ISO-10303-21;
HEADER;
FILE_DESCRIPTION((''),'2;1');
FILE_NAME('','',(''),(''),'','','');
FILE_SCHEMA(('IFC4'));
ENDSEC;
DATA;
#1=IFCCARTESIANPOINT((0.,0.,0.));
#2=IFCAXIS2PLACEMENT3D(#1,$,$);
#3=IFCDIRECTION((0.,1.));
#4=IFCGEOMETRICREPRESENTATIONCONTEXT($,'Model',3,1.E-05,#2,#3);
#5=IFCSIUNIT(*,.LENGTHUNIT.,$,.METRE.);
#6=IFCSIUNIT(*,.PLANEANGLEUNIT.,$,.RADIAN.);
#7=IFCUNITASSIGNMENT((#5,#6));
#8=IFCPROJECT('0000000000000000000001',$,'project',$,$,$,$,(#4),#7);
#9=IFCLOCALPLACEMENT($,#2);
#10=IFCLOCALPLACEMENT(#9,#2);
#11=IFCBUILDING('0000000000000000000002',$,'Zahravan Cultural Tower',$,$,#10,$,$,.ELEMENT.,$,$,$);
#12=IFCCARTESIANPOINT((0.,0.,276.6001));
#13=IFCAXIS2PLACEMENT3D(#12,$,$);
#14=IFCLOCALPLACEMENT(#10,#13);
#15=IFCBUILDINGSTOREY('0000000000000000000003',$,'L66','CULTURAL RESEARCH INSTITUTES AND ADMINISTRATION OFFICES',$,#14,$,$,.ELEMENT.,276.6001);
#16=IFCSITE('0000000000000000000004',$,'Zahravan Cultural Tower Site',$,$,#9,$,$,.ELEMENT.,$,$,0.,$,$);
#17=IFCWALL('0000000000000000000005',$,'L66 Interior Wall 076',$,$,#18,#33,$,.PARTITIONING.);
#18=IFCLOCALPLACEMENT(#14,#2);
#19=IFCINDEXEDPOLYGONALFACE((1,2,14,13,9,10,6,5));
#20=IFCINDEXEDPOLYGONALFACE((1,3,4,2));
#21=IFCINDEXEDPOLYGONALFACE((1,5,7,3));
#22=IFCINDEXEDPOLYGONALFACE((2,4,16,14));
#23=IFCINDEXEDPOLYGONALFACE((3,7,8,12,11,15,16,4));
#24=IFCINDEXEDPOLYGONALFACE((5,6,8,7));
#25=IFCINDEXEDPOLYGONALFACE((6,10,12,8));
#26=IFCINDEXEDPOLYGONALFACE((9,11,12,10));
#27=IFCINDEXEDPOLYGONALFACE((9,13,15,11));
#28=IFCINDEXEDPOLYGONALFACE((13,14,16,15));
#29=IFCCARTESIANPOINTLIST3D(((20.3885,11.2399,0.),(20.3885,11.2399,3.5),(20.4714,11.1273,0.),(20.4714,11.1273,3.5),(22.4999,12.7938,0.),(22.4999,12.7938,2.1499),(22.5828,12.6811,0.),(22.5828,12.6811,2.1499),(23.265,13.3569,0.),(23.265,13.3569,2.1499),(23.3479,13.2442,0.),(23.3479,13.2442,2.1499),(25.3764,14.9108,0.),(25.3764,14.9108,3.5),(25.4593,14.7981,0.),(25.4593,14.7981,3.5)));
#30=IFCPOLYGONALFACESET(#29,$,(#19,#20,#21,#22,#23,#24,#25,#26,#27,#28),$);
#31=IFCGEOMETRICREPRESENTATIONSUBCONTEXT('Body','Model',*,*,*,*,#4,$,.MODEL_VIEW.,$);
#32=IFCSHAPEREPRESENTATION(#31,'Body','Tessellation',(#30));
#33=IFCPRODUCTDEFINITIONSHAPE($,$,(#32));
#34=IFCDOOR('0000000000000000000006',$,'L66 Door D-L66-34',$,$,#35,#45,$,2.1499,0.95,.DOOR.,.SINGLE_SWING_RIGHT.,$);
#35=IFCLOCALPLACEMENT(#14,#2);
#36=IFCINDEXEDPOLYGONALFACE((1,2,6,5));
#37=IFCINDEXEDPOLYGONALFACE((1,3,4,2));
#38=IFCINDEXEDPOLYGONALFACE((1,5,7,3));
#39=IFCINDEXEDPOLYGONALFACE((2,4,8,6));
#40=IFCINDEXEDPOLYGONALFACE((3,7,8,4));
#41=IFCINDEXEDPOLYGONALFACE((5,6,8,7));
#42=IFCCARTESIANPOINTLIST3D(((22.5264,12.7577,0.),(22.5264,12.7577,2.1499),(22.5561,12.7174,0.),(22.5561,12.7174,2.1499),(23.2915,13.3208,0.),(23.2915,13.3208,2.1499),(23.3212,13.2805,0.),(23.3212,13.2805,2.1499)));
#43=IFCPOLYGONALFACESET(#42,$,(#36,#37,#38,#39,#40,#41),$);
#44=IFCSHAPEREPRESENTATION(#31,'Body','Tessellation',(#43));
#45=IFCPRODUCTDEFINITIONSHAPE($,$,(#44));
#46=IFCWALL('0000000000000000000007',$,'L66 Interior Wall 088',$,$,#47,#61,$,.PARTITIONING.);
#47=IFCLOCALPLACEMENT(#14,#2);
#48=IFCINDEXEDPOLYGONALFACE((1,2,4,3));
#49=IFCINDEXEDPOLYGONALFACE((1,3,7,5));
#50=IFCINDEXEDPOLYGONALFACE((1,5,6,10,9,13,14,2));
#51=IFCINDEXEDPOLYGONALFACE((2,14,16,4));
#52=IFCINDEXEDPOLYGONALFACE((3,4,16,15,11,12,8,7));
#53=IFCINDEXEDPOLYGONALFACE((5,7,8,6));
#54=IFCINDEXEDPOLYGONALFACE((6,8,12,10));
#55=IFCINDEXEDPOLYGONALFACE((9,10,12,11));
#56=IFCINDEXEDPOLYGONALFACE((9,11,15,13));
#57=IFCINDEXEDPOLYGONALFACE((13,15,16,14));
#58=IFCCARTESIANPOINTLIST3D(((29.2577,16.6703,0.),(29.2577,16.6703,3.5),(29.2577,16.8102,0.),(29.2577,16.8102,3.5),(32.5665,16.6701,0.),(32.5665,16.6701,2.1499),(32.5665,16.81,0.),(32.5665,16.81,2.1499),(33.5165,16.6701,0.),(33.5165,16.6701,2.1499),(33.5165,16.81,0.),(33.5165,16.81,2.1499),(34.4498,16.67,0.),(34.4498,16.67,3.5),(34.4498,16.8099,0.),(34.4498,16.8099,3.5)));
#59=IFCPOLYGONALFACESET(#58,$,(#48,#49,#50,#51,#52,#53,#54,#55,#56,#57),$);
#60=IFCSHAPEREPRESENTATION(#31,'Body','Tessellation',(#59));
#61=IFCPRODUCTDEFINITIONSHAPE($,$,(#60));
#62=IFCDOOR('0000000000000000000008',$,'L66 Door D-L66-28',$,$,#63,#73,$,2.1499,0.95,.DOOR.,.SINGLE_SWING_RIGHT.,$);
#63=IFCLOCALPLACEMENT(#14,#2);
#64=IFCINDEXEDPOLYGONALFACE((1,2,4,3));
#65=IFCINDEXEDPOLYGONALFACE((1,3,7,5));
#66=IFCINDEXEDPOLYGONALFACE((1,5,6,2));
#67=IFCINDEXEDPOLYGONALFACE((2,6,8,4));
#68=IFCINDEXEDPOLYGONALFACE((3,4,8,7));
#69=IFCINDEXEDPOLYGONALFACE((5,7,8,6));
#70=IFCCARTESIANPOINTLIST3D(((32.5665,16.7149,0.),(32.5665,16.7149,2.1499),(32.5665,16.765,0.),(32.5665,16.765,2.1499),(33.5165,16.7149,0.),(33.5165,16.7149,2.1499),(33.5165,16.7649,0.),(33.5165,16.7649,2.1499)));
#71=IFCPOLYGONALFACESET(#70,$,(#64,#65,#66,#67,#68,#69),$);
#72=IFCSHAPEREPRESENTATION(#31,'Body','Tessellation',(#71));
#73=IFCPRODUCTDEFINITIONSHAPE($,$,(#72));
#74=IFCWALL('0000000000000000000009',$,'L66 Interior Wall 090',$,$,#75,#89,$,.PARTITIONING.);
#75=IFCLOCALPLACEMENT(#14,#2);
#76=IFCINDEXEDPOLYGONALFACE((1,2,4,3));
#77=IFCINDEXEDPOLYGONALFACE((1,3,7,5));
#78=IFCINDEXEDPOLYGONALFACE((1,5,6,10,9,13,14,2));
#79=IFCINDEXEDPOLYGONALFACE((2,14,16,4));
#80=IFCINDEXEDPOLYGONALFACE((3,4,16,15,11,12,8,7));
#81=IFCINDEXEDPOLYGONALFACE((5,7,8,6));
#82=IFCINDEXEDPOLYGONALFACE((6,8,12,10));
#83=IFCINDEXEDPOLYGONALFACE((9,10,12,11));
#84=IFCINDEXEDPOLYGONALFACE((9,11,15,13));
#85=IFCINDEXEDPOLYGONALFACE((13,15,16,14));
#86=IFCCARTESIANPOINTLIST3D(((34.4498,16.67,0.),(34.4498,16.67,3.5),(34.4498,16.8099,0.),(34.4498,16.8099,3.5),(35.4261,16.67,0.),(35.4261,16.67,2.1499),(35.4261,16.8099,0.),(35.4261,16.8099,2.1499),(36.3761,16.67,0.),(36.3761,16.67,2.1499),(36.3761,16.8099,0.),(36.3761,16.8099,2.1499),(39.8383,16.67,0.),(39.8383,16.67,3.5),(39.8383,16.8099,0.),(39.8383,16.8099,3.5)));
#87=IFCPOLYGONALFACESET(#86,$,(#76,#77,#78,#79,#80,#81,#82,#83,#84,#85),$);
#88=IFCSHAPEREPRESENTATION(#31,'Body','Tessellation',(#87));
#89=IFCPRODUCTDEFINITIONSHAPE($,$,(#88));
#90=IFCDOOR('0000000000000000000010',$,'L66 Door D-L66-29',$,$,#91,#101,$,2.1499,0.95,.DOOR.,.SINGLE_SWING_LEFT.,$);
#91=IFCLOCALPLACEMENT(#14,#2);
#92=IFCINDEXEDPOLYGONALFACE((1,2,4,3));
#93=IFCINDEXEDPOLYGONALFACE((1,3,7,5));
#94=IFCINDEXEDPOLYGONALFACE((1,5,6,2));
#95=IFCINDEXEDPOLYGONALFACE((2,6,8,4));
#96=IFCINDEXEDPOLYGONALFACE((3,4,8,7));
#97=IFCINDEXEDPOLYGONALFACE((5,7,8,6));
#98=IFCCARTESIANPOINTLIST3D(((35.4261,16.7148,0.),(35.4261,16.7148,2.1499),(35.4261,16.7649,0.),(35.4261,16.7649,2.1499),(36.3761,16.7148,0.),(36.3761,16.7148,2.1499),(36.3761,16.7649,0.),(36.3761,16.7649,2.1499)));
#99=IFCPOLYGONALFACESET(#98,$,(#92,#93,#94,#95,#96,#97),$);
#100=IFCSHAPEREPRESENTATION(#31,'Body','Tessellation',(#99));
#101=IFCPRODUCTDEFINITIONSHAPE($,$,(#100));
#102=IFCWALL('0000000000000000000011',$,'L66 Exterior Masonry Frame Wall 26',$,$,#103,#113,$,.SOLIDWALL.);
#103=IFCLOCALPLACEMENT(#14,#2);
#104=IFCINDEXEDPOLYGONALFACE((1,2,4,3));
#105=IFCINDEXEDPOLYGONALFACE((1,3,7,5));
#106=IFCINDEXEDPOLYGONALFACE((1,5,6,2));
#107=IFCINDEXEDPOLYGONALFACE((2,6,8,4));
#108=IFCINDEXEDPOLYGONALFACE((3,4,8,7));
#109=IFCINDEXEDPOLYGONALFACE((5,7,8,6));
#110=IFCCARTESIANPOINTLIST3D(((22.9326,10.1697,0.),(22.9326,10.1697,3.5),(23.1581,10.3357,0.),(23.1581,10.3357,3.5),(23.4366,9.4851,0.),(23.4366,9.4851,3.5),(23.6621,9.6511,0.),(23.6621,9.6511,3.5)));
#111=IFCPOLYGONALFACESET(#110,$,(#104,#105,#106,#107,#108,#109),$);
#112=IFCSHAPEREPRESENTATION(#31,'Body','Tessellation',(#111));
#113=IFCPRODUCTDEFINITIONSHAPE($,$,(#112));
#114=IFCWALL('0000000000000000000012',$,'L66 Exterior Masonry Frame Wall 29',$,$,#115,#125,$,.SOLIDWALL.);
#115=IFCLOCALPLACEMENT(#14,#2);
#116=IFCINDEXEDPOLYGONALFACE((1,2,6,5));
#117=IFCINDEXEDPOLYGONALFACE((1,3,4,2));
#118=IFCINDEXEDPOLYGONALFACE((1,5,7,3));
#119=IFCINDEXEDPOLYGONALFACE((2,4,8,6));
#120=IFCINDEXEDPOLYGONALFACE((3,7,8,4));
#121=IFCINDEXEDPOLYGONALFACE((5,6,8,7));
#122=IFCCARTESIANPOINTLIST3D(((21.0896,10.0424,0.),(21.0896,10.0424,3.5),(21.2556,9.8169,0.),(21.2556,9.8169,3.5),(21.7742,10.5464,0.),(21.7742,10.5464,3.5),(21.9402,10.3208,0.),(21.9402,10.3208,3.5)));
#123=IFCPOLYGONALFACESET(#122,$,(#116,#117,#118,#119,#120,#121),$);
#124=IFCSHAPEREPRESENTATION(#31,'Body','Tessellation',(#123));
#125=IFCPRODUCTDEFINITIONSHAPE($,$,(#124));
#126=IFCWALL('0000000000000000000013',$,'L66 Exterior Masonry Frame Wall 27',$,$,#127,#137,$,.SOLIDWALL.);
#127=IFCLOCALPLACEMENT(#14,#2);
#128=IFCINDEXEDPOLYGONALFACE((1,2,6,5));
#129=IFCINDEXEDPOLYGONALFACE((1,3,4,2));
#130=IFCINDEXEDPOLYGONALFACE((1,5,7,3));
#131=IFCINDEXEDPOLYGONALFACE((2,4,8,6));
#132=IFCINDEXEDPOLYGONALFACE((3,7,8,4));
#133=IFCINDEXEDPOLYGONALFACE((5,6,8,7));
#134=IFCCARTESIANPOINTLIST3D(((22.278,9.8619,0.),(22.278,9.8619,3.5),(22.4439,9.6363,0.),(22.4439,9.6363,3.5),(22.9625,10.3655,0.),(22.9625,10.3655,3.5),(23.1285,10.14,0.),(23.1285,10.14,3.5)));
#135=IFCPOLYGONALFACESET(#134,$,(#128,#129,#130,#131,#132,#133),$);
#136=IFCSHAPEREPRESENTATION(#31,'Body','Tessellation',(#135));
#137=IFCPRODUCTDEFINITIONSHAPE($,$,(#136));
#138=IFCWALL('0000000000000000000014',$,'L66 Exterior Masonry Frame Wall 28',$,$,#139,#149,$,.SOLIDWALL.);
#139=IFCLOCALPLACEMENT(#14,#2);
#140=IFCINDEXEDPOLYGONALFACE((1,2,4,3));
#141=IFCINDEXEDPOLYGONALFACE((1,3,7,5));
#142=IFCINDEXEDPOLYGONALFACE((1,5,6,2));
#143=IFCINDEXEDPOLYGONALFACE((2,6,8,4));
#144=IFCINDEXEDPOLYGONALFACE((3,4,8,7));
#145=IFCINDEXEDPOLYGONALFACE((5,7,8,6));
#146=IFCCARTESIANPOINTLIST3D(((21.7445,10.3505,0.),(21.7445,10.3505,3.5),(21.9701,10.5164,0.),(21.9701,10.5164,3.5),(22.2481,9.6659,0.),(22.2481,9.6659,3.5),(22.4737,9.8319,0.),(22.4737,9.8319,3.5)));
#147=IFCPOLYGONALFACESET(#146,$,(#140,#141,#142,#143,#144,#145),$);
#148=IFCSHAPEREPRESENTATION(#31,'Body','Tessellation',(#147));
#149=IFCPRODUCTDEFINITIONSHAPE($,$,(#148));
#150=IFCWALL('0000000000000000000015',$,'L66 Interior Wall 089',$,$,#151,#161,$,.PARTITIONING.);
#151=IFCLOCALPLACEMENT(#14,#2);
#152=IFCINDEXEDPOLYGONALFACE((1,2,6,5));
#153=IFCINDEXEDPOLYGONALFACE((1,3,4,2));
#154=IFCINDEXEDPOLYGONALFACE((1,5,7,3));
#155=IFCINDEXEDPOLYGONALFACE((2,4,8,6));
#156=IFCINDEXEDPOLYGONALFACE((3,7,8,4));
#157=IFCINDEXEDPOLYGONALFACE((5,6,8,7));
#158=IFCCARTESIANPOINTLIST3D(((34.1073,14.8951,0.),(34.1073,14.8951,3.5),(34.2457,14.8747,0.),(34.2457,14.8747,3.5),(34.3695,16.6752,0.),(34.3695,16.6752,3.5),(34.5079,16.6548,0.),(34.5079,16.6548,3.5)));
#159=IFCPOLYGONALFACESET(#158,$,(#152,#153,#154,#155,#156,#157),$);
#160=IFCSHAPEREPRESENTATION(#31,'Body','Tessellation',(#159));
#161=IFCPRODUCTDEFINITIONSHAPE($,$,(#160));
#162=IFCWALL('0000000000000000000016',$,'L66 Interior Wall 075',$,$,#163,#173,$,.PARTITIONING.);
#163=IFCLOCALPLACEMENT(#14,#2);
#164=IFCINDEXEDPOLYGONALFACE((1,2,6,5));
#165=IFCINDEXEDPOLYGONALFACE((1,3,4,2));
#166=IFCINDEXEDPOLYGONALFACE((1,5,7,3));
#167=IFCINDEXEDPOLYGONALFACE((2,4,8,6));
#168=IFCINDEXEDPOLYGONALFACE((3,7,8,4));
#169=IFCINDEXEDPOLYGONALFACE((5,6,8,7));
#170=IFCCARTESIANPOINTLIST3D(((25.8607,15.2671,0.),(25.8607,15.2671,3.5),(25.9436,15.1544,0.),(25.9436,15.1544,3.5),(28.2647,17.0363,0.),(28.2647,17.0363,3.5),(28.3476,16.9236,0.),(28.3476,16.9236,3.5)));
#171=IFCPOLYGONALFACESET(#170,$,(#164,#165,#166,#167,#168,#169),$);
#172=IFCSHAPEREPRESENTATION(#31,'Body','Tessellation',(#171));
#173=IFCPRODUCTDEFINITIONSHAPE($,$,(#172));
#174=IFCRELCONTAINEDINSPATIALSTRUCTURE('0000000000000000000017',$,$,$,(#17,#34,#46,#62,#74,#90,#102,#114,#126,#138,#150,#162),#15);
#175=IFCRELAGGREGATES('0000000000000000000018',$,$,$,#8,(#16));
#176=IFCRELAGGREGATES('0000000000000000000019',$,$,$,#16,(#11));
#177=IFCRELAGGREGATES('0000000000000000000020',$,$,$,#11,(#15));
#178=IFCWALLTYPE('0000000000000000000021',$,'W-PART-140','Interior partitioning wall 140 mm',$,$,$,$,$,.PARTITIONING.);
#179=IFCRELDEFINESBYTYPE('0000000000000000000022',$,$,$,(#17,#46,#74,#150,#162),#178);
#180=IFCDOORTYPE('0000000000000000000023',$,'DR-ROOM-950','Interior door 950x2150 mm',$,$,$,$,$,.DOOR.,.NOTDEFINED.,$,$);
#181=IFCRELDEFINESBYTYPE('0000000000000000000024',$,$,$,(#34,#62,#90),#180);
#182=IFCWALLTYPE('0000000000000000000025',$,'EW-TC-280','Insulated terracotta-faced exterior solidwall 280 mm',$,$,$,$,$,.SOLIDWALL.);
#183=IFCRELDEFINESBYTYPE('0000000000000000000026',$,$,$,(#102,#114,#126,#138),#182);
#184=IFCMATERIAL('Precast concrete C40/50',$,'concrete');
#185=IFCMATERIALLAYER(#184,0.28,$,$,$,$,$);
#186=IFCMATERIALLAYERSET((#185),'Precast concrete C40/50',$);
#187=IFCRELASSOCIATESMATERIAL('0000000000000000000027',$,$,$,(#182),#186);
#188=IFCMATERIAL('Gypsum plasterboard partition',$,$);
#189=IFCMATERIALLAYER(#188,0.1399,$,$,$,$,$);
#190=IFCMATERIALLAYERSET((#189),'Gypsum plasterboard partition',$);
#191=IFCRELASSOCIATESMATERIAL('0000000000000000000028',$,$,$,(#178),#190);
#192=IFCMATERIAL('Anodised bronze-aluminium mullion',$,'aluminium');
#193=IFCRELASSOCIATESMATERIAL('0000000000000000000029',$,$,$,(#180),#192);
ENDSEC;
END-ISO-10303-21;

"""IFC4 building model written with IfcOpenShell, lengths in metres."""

from ifc_helpers import new_model, si_unit, direction, frame, frame_2d, origin, place, context, subcontext, project, spatial, rectangle, extrude, source, transform, mapped, material, layer, layer_set, type_object, element, fill, save


model = new_model("IFC4")

# Units and contexts
model_context = context("Model", 3, precision=1e-05, world=origin(), true_north=direction((0.0, 1.0)))
body_context = subcontext(model_context, "Body", "Model", "MODEL_VIEW")
ifc_project = project(units=[si_unit("LENGTHUNIT", "METRE"), si_unit("PLANEANGLEUNIT", "RADIAN")], contexts=[model_context])

# Site, building, storey
site_placement = place(None, origin())
site = spatial("IfcSite", under=ifc_project, at=site_placement, Name="Zahravan Cultural Tower Site", CompositionType="ELEMENT", RefElevation=0.0)
building_placement = place(site_placement, origin())
building = spatial("IfcBuilding", under=site, at=building_placement, Name="Zahravan Cultural Tower", CompositionType="ELEMENT")
storey_placement = place(building_placement, frame((0.0, 0.0, 276.6001)))
storey = spatial("IfcBuildingStorey", under=building, at=storey_placement, Name="L66", Description="CULTURAL RESEARCH INSTITUTES AND ADMINISTRATION OFFICES", CompositionType="ELEMENT", Elevation=276.6001)

# Shared definitions
ifc_material_1 = material(Name="Precast concrete C40/50", Category="concrete")
ifc_layer_1 = layer(ifc_material_1, 0.28)
ifc_layer_set_1 = layer_set([ifc_layer_1], Name="Precast concrete C40/50")
wall_type_1 = type_object("IfcWallType", Name="EW-TC-280", Description="Insulated terracotta-faced exterior solidwall 280 mm", PredefinedType="SOLIDWALL", material=ifc_layer_set_1)

# Walls, openings, doors
ifc_material_2 = material(Name="Gypsum plasterboard partition")
ifc_layer_2 = layer(ifc_material_2, 0.1399)
ifc_layer_set_2 = layer_set([ifc_layer_2], Name="Gypsum plasterboard partition")
wall_type_2 = type_object("IfcWallType", Name="W-PART-140", Description="Interior partitioning wall 140 mm", PredefinedType="PARTITIONING", material=ifc_layer_set_2)
wall_1_placement = place(storey_placement, frame((25.418, 14.8545, 0.0), z_axis=(0.0, 0.0, 1.0), x_axis=(-0.805402, -0.592728, 0.0)))
wall_1 = element("IfcWall", 1, at=wall_1_placement, inside=storey, type_object=wall_type_2, Name="L66 Interior Wall 076", PredefinedType="PARTITIONING", context=body_context, shape_type="SweptSolid", body=[
    extrude(rectangle(XDim=6.1931, YDim=0.1399, at=frame_2d((3.0967, 0.0))), origin(), (0.0, 0.0, 1.0), 3.5),
])
opening_1_placement = place(wall_1_placement, frame((2.6216, 0.0, 0.0)))
opening_1 = element("IfcOpeningElement", 2, at=opening_1_placement, cuts=wall_1, PredefinedType="OPENING", context=body_context, shape_type="SweptSolid", body=[
    extrude(rectangle(XDim=0.95, YDim=2.1499, at=frame_2d((0.4751, 1.075))), frame((0.0, 0.0798, 0.0), z_axis=(0.0, -1.0, 0.0), x_axis=(1.0, 0.0, 0.0)), (0.0, 0.0, 1.0), 0.1599),
])
ifc_material_3 = material(Name="Anodised bronze-aluminium mullion", Category="aluminium")
door_type = type_object("IfcDoorType", Name="DR-ROOM-950", Description="Interior door 950x2150 mm", OperationType="NOTDEFINED", PredefinedType="DOOR", material=ifc_material_3)
shared_shape_1 = source(origin(), body_context, "Body", "SweptSolid", [
    extrude(rectangle(XDim=0.95, YDim=2.1499, at=frame_2d((0.4751, 1.075))), frame((0.0, 0.0249, 0.0), z_axis=(0.0, -1.0, 0.0), x_axis=(1.0, 0.0, 0.0)), (0.0, 0.0, 1.0), 0.05),
])
door_1_placement = place(opening_1_placement, origin())
door_1 = element("IfcDoor", 3, at=door_1_placement, inside=storey, type_object=door_type, Name="L66 Door D-L66-34", OperationType="SINGLE_SWING_RIGHT", OverallHeight=2.1499, OverallWidth=0.95, PredefinedType="DOOR", context=body_context, shape_type="MappedRepresentation", body=[
    mapped(shared_shape_1, transform((0.0, 0.0, 0.0), x_axis=(1.0, 0.0, 0.0), y_axis=(0.0, 1.0, 0.0), z_axis=(0.0, 0.0, 1.0), scale=1.0)),
])
fill(opening_1, door_1)
wall_2_placement = place(storey_placement, frame((29.2576, 16.7402, 0.0), z_axis=(0.0, 0.0, 1.0), x_axis=(1.0, -0.000047, 0.0)))
wall_2 = element("IfcWall", 4, at=wall_2_placement, inside=storey, type_object=wall_type_2, Name="L66 Interior Wall 088", PredefinedType="PARTITIONING", context=body_context, shape_type="SweptSolid", body=[
    extrude(rectangle(XDim=5.1921, YDim=0.1399, at=frame_2d((2.5962, 0.0))), origin(), (0.0, 0.0, 1.0), 3.5),
])
opening_2_placement = place(wall_2_placement, frame((3.3088, 0.0, 0.0)))
opening_2 = element("IfcOpeningElement", 5, at=opening_2_placement, cuts=wall_2, PredefinedType="OPENING", context=body_context, shape_type="SweptSolid", body=[
    extrude(rectangle(XDim=0.95, YDim=2.1499, at=frame_2d((0.4751, 1.075))), frame((0.0, 0.0798, 0.0), z_axis=(0.0, -1.0, 0.0), x_axis=(1.0, 0.0, 0.0)), (0.0, 0.0, 1.0), 0.1599),
])
door_2_placement = place(opening_2_placement, origin())
door_2 = element("IfcDoor", 6, at=door_2_placement, inside=storey, type_object=door_type, Name="L66 Door D-L66-28", OperationType="SINGLE_SWING_RIGHT", OverallHeight=2.1499, OverallWidth=0.95, PredefinedType="DOOR", context=body_context, shape_type="MappedRepresentation", body=[
    mapped(shared_shape_1, transform((0.0, 0.0, 0.0), x_axis=(1.0, 0.0, 0.0), y_axis=(0.0, 1.0, 0.0), z_axis=(0.0, 0.0, 1.0), scale=1.0)),
])
fill(opening_2, door_2)
wall_3_placement = place(storey_placement, frame((34.4497, 16.74, 0.0), z_axis=(0.0, 0.0, 1.0), x_axis=(1.0, 0.0, 0.0)))
wall_3 = element("IfcWall", 7, at=wall_3_placement, inside=storey, type_object=wall_type_2, Name="L66 Interior Wall 090", PredefinedType="PARTITIONING", context=body_context, shape_type="SweptSolid", body=[
    extrude(rectangle(XDim=5.3884, YDim=0.1399, at=frame_2d((2.6943, 0.0))), origin(), (0.0, 0.0, 1.0), 3.5),
])
opening_3_placement = place(wall_3_placement, frame((0.9763, 0.0, 0.0)))
opening_3 = element("IfcOpeningElement", 8, at=opening_3_placement, cuts=wall_3, PredefinedType="OPENING", context=body_context, shape_type="SweptSolid", body=[
    extrude(rectangle(XDim=0.95, YDim=2.1499, at=frame_2d((0.4751, 1.075))), frame((0.0, 0.0798, 0.0), z_axis=(0.0, -1.0, 0.0), x_axis=(1.0, 0.0, 0.0)), (0.0, 0.0, 1.0), 0.1599),
])
door_3_placement = place(opening_3_placement, origin())
door_3 = element("IfcDoor", 9, at=door_3_placement, inside=storey, type_object=door_type, Name="L66 Door D-L66-29", OperationType="SINGLE_SWING_LEFT", OverallHeight=2.1499, OverallWidth=0.95, PredefinedType="DOOR", context=body_context, shape_type="MappedRepresentation", body=[
    mapped(shared_shape_1, transform((0.0, 0.0, 0.0), x_axis=(1.0, 0.0, 0.0), y_axis=(0.0, 1.0, 0.0), z_axis=(0.0, 0.0, 1.0), scale=1.0)),
])
fill(opening_3, door_3)

# Walls
shared_shape_2 = source(origin(), body_context, "Body", "SweptSolid", [
    extrude(rectangle(XDim=0.8501, YDim=0.28, at=frame_2d((0.425, 0.0))), origin(), (0.0, 0.0, 1.0), 3.5),
])
for number, where, z_axis, x_axis, name in (
    (10, (23.5493, 9.5681, 0.0), (0.0, 0.0, 1.0), (-0.592807, 0.805345, 0.0), "L66 Exterior Masonry Frame Wall 26"),
    (11, (21.8572, 10.4336, 0.0), (0.0, 0.0, 1.0), (-0.805345, -0.592807, 0.0), "L66 Exterior Masonry Frame Wall 29"),
):
    element("IfcWall", number, at=place(storey_placement, frame(where, z_axis=z_axis, x_axis=x_axis)), inside=storey, type_object=wall_type_1, Name=name, PredefinedType="SOLIDWALL", context=body_context, shape_type="MappedRepresentation", body=[
        mapped(shared_shape_2, transform((0.0, 0.0, 0.0), x_axis=(1.0, 0.0, 0.0), y_axis=(0.0, 1.0, 0.0), z_axis=(0.0, 0.0, 1.0), scale=1.0)),
    ])
shared_shape_3 = source(origin(), body_context, "Body", "SweptSolid", [
    extrude(rectangle(XDim=0.8499, YDim=0.28, at=frame_2d((0.4248, 0.0))), origin(), (0.0, 0.0, 1.0), 3.5),
])
for number, where, z_axis, x_axis, name in (
    (12, (23.0454, 10.2527, 0.0), (0.0, 0.0, 1.0), (-0.805482, -0.592621, 0.0), "L66 Exterior Masonry Frame Wall 27"),
    (13, (22.3608, 9.749, 0.0), (0.0, 0.0, 1.0), (-0.592621, 0.805482, 0.0), "L66 Exterior Masonry Frame Wall 28"),
):
    element("IfcWall", number, at=place(storey_placement, frame(where, z_axis=z_axis, x_axis=x_axis)), inside=storey, type_object=wall_type_1, Name=name, PredefinedType="SOLIDWALL", context=body_context, shape_type="MappedRepresentation", body=[
        mapped(shared_shape_3, transform((0.0, 0.0, 0.0), x_axis=(1.0, 0.0, 0.0), y_axis=(0.0, 1.0, 0.0), z_axis=(0.0, 0.0, 1.0), scale=1.0)),
    ])
shared_shape_4 = source(origin(), body_context, "Body", "SweptSolid", [
    extrude(rectangle(XDim=1.7993, YDim=0.1399, at=frame_2d((0.8997, 0.0))), origin(), (0.0, 0.0, 1.0), 3.5),
])
wall_4_placement = place(storey_placement, frame((34.4387, 16.665, 0.0), z_axis=(0.0, 0.0, 1.0), x_axis=(-0.145732, -0.989324, 0.0)))
element("IfcWall", 14, at=wall_4_placement, inside=storey, type_object=wall_type_2, Name="L66 Interior Wall 089", PredefinedType="PARTITIONING", context=body_context, shape_type="MappedRepresentation", body=[
    mapped(shared_shape_4, transform((0.0, 0.0, 0.0), x_axis=(1.0, 0.0, 0.0), y_axis=(0.0, 1.0, 0.0), z_axis=(0.0, 0.0, 1.0), scale=1.0)),
])
shared_shape_5 = source(origin(), body_context, "Body", "SweptSolid", [
    extrude(rectangle(XDim=2.9849, YDim=0.1399, at=frame_2d((1.4924, 0.0))), origin(), (0.0, 0.0, 1.0), 3.5),
])
wall_5_placement = place(storey_placement, frame((28.3062, 16.98, 0.0), z_axis=(0.0, 0.0, 1.0), x_axis=(-0.805395, -0.592739, 0.0)))
element("IfcWall", 15, at=wall_5_placement, inside=storey, type_object=wall_type_2, Name="L66 Interior Wall 075", PredefinedType="PARTITIONING", context=body_context, shape_type="MappedRepresentation", body=[
    mapped(shared_shape_5, transform((0.0, 0.0, 0.0), x_axis=(1.0, 0.0, 0.0), y_axis=(0.0, 1.0, 0.0), z_axis=(0.0, 0.0, 1.0), scale=1.0)),
])

save(model, "model.ifc")
